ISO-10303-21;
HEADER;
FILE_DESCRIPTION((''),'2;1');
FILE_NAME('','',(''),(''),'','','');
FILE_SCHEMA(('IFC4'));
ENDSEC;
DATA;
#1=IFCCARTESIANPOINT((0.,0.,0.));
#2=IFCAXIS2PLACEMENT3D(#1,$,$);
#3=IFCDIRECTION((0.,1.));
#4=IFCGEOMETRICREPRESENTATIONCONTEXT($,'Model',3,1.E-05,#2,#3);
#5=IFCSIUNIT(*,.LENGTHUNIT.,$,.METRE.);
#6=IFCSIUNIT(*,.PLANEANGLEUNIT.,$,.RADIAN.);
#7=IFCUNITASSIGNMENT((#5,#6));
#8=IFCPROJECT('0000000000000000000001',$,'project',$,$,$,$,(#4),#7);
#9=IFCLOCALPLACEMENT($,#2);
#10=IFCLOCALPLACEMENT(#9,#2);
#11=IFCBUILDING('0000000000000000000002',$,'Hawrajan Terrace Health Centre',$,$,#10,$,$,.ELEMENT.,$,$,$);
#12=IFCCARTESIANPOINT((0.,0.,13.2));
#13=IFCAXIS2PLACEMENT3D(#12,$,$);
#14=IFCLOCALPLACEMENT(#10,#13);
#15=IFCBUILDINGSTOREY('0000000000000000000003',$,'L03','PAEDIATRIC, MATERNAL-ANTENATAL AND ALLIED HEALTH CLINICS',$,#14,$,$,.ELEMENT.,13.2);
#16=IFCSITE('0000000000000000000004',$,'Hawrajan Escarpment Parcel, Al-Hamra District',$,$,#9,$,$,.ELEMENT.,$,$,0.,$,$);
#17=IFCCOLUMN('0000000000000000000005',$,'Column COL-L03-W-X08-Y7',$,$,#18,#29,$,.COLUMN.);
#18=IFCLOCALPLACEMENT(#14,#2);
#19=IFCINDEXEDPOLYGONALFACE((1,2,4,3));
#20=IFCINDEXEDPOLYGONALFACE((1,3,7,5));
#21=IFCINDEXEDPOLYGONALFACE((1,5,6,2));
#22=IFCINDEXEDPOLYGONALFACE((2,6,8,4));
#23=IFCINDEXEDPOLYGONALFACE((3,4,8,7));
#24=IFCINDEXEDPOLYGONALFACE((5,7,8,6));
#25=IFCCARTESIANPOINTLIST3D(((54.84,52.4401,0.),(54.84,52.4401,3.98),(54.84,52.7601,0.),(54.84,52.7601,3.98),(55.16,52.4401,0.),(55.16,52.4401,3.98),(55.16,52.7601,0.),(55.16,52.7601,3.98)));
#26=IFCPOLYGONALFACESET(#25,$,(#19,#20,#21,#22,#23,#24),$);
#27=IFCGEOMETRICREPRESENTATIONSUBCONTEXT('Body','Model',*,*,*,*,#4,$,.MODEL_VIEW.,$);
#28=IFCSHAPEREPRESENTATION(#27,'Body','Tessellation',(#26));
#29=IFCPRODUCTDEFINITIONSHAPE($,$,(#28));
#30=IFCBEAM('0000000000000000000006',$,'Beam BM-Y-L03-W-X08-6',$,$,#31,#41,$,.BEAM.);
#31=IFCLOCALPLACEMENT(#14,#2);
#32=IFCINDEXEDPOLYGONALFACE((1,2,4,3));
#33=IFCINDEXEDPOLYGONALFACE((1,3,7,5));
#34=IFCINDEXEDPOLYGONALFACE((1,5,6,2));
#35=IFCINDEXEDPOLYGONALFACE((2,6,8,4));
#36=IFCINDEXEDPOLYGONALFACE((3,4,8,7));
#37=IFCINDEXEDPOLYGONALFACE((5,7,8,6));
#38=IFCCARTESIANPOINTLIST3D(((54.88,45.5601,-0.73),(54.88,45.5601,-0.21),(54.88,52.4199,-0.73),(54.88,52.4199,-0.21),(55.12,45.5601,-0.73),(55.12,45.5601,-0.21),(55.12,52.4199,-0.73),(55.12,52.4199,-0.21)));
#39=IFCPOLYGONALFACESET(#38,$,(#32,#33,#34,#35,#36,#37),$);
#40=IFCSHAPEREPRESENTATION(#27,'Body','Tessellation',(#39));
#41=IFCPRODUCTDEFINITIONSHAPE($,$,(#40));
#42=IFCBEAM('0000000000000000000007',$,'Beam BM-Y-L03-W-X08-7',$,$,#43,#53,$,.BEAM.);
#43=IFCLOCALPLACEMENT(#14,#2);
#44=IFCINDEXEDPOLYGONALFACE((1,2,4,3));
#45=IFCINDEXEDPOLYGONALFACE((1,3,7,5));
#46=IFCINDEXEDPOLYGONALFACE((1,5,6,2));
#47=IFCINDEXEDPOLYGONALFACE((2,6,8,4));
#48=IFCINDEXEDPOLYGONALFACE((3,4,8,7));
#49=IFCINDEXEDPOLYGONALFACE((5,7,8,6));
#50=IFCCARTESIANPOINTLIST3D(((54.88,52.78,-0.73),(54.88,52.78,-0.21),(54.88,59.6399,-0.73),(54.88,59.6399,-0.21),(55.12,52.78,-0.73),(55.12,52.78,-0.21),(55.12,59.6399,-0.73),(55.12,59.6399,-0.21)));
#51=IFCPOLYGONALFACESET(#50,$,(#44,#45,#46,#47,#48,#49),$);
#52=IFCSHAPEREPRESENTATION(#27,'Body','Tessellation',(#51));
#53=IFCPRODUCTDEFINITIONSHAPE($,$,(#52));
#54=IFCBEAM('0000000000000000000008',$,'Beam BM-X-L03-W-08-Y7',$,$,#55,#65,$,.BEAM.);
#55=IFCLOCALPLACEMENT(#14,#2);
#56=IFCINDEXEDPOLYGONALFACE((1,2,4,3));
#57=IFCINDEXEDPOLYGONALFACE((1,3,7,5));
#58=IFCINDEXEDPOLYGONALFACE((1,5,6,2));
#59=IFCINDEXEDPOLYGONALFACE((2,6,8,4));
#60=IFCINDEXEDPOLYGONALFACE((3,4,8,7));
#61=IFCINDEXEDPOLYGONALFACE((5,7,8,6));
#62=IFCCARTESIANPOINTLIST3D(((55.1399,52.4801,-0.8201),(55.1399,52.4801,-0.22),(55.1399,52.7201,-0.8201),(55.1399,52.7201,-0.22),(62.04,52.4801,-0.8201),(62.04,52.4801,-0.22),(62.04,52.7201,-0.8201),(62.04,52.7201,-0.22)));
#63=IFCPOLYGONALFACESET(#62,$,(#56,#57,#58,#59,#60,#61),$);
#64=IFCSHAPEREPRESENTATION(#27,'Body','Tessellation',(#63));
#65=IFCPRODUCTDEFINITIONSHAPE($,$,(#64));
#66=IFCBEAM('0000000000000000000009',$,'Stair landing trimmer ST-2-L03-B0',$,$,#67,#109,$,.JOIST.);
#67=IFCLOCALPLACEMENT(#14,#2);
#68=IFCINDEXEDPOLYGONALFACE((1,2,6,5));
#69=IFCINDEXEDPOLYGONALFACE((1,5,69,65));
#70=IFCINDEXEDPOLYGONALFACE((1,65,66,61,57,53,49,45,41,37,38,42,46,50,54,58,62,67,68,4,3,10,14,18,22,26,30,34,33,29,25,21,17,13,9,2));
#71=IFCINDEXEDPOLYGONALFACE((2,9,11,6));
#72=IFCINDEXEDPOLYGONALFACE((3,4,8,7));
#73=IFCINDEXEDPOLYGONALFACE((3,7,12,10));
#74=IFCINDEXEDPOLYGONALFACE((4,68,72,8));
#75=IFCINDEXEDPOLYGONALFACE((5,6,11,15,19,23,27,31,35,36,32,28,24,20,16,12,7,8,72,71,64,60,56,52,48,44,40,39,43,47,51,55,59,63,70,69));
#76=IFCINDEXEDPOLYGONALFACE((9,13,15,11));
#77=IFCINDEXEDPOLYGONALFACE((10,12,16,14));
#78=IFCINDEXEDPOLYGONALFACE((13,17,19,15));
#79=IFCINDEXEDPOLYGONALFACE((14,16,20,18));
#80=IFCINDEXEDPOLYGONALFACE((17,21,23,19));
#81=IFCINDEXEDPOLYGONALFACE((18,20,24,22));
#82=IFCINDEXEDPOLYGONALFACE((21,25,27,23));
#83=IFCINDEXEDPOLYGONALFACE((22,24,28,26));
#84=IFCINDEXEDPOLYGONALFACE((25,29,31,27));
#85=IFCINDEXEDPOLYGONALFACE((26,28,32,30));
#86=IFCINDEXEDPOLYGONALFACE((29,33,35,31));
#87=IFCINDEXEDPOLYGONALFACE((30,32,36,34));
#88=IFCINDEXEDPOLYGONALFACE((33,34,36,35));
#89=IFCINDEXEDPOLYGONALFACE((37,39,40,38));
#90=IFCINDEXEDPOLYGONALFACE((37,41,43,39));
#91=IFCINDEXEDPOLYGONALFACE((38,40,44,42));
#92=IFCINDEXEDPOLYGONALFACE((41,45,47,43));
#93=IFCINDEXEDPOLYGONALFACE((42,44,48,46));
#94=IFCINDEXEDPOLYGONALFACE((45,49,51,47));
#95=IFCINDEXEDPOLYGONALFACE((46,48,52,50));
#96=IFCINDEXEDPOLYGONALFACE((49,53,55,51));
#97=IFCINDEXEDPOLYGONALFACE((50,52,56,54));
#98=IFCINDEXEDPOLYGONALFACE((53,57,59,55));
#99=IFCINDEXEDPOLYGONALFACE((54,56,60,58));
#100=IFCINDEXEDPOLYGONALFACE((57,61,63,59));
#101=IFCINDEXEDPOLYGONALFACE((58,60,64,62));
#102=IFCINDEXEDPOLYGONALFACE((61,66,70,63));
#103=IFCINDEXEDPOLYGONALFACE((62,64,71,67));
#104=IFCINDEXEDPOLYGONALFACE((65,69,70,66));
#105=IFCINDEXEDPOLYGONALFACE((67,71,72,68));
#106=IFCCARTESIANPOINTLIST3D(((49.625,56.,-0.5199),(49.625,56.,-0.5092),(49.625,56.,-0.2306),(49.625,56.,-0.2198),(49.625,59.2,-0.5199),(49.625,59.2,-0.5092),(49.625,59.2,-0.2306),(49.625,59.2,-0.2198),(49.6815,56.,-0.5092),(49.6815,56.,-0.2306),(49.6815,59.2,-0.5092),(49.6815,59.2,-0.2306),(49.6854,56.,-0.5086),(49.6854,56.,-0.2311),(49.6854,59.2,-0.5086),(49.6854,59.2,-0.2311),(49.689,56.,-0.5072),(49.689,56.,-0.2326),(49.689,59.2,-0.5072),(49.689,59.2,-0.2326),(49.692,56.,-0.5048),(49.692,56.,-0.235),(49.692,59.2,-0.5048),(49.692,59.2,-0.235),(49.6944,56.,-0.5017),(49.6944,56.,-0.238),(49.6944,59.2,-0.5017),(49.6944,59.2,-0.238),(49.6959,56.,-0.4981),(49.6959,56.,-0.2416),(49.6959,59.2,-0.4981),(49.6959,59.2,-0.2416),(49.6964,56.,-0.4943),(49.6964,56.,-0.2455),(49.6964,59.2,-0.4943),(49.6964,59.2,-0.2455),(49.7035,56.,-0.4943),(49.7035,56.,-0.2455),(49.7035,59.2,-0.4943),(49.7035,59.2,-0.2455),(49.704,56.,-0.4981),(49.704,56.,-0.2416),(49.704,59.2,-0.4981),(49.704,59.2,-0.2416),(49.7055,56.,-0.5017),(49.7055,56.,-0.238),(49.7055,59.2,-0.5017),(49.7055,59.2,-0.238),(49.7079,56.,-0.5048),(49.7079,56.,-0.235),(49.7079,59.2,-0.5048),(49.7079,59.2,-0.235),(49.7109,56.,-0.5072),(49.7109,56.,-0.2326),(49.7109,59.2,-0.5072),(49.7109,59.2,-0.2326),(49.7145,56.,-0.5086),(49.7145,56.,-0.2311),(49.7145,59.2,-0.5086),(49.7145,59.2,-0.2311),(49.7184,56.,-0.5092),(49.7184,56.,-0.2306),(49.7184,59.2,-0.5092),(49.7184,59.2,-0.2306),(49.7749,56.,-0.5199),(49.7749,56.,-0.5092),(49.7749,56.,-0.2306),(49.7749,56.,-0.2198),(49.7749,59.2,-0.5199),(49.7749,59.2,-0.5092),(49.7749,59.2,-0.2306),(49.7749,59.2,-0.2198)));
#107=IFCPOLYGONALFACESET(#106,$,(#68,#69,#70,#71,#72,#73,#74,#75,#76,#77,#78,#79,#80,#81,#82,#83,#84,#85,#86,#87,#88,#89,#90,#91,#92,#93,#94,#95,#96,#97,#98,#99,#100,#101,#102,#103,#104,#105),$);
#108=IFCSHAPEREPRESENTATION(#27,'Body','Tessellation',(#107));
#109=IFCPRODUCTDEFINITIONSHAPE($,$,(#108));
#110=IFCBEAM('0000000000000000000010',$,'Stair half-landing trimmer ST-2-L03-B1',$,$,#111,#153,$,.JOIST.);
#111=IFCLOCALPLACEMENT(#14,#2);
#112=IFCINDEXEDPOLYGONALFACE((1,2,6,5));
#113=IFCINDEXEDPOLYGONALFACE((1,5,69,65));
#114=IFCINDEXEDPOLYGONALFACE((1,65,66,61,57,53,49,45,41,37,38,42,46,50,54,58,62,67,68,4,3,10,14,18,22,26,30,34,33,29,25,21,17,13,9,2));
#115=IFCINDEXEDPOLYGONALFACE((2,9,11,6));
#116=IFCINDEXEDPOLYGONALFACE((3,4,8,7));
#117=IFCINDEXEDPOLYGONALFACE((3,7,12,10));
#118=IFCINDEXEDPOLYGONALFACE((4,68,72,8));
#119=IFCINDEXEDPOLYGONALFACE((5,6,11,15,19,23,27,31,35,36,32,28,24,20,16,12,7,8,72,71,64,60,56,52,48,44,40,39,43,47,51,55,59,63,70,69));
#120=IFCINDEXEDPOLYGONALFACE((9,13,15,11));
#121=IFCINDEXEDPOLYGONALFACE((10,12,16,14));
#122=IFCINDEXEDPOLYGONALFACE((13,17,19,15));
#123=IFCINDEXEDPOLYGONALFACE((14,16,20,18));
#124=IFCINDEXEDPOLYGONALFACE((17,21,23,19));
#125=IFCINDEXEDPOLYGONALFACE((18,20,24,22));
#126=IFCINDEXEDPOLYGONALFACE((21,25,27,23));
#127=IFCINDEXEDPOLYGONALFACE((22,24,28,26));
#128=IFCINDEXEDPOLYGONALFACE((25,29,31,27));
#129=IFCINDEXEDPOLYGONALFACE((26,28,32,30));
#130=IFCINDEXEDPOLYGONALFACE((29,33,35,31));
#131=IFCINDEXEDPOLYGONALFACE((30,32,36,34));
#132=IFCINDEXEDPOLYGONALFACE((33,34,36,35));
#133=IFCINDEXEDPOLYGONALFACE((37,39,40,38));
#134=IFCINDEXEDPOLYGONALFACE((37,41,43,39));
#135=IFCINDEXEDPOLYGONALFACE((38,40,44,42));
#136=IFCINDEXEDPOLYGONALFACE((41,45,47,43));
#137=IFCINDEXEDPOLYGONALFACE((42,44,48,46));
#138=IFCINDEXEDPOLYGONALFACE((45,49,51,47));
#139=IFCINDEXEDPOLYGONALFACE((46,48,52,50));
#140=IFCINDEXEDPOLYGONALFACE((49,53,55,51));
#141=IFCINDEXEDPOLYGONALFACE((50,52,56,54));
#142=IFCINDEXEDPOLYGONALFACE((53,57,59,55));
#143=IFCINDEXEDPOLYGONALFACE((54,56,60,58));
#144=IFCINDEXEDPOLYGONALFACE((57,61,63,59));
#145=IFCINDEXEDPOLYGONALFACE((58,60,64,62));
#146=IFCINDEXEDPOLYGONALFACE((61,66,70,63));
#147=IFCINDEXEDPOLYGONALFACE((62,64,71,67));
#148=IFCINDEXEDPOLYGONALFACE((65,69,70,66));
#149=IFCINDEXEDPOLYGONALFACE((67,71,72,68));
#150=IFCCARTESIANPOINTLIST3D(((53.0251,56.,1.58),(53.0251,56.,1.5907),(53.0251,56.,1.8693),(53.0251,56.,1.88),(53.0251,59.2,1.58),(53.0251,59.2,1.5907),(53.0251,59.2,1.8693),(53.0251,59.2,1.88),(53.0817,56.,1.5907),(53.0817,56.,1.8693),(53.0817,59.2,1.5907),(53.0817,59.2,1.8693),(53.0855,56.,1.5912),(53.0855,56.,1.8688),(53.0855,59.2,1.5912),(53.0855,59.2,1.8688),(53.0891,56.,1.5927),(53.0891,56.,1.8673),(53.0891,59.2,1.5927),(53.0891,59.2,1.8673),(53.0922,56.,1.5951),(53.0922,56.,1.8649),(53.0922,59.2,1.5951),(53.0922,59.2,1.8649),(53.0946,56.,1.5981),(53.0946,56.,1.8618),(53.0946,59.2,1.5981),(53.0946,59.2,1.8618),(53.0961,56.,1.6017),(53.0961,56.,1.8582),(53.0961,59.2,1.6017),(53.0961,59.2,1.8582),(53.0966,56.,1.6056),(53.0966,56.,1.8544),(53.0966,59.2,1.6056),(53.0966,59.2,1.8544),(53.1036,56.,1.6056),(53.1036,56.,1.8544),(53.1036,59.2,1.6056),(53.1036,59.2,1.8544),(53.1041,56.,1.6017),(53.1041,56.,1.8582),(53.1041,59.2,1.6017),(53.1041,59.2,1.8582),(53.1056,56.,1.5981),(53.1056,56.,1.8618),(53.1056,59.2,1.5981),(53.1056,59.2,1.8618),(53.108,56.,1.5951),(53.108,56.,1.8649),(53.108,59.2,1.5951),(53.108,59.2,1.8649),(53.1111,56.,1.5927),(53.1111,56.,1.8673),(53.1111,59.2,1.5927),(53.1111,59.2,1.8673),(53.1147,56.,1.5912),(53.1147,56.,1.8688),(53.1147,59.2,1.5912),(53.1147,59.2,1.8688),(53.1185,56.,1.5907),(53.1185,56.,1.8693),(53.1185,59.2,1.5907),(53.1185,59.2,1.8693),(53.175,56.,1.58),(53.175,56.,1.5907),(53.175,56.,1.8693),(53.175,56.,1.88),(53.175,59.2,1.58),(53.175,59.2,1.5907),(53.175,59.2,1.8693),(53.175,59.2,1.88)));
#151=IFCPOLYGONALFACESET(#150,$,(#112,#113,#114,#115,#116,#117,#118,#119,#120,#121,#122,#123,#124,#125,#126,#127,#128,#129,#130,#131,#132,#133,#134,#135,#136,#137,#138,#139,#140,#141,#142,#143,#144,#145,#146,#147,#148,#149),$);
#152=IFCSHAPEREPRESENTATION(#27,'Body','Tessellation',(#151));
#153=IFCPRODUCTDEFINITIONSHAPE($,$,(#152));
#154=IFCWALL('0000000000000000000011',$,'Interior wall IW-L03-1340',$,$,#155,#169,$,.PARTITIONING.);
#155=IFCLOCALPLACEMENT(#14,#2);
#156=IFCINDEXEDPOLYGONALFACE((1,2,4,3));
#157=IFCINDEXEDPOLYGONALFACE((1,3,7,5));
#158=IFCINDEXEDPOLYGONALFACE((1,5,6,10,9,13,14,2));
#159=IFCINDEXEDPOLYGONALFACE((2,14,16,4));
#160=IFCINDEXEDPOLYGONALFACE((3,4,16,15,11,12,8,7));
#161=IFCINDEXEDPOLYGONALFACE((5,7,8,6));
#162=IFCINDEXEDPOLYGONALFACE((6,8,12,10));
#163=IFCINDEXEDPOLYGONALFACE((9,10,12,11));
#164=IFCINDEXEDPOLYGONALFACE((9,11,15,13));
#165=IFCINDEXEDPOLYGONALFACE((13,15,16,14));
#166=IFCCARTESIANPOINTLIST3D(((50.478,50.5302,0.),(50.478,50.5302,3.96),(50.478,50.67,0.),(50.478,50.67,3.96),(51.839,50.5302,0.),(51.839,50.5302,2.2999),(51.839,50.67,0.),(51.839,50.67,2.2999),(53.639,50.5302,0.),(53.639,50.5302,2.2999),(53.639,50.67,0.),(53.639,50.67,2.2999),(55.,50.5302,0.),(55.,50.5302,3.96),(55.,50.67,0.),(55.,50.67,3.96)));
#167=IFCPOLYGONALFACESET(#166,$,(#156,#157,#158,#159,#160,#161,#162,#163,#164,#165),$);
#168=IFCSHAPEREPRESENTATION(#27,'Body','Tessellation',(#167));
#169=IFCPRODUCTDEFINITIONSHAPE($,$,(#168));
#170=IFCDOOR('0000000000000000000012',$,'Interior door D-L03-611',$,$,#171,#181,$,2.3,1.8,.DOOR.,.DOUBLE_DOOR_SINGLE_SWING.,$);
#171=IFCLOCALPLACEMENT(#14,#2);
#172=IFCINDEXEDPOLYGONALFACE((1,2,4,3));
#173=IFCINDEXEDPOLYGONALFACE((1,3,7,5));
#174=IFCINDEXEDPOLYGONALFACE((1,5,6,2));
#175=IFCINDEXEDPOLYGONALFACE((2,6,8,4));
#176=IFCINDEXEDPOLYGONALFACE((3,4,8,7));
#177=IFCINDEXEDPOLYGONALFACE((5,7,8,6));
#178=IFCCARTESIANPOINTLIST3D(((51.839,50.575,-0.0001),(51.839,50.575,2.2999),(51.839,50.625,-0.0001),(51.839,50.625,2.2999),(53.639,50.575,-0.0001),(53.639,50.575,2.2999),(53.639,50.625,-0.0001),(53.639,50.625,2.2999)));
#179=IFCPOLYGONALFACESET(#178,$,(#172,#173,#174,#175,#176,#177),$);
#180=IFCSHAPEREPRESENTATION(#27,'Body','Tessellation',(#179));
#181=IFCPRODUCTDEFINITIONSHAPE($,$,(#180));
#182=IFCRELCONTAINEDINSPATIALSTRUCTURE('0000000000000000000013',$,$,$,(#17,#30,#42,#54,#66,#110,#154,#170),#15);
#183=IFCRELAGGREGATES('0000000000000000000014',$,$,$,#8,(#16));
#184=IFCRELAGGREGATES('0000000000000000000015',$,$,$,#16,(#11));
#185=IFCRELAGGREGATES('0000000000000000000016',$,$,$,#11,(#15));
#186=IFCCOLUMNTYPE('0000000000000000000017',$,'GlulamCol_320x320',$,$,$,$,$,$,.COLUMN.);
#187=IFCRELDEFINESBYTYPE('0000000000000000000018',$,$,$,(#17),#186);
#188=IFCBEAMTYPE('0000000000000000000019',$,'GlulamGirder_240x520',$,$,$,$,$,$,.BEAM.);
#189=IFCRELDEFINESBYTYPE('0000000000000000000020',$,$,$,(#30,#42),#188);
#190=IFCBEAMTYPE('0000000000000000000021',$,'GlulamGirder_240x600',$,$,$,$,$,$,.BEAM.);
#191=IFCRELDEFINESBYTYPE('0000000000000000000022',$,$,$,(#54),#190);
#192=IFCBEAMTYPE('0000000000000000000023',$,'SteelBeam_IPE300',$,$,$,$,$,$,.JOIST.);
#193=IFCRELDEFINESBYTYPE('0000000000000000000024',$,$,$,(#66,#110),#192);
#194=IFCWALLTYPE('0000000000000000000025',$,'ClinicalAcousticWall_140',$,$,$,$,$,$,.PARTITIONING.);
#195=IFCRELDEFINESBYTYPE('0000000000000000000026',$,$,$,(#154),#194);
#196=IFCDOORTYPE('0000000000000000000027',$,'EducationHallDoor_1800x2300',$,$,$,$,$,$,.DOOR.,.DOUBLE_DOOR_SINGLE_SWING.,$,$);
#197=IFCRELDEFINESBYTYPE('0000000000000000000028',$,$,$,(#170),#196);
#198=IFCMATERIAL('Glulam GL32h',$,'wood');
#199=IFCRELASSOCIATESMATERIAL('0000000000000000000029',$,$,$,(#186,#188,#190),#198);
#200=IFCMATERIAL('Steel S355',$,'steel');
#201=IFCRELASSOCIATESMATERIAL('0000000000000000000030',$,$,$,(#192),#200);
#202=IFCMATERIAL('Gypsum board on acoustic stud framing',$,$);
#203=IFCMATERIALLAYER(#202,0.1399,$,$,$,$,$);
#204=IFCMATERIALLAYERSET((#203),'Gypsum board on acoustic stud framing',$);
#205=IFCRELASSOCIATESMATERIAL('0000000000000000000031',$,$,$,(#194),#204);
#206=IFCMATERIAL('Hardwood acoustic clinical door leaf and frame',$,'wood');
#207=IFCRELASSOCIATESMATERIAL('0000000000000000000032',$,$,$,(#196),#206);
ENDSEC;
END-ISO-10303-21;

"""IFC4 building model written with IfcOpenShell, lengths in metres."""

from ifc_helpers import new_model, si_unit, direction, frame, frame_2d, origin, origin_2d, place, context, subcontext, project, spatial, rectangle, i_section, extrude, material, layer, layer_set, material_profile, profile_set, type_object, element, fill, save


model = new_model("IFC4")

# Units and contexts
model_context = context("Model", 3, precision=1e-05, world=origin(), true_north=direction((0.0, 1.0)))
body_context = subcontext(model_context, "Body", "Model", "MODEL_VIEW")
ifc_project = project(units=[si_unit("LENGTHUNIT", "METRE"), si_unit("PLANEANGLEUNIT", "RADIAN")], contexts=[model_context])

# Site, building, storey
site_placement = place(None, origin())
site = spatial("IfcSite", under=ifc_project, at=site_placement, Name="Hawrajan Escarpment Parcel, Al-Hamra District", CompositionType="ELEMENT", RefElevation=0.0)
building_placement = place(site_placement, origin())
building = spatial("IfcBuilding", under=site, at=building_placement, Name="Hawrajan Terrace Health Centre", CompositionType="ELEMENT")
storey_placement = place(building_placement, frame((0.0, 0.0, 13.2)))
storey = spatial("IfcBuildingStorey", under=building, at=storey_placement, Name="L03", Description="PAEDIATRIC, MATERNAL-ANTENATAL AND ALLIED HEALTH CLINICS", CompositionType="ELEMENT", Elevation=13.2)

# Column
ifc_material_1 = material(Name="Glulam GL32h", Category="wood")
ifc_material_profile_1 = material_profile(ifc_material_1, rectangle(XDim=0.3201, YDim=0.3201, at=origin_2d()), Name="GL 320x320")
ifc_profile_set_1 = profile_set([ifc_material_profile_1], Name="Glulam GL32h")
column_type = type_object("IfcColumnType", Name="GlulamCol_320x320", PredefinedType="COLUMN", material=ifc_profile_set_1)
column_placement = place(storey_placement, frame((55.0, 52.6001, 0.0), z_axis=(0.0, 0.0, 1.0), x_axis=(1.0, 0.0, 0.0)))
element("IfcColumn", 1, at=column_placement, inside=storey, type_object=column_type, Name="Column COL-L03-W-X08-Y7", PredefinedType="COLUMN", context=body_context, shape_type="SweptSolid", body=[
    extrude(rectangle(XDim=0.3201, YDim=0.3201, at=origin_2d()), origin(), (0.0, 0.0, 1.0), 3.98),
])

# Beams
ifc_material_profile_2 = material_profile(ifc_material_1, rectangle(XDim=0.24, YDim=0.52, at=origin_2d()), Name="GL BM 240x520")
ifc_profile_set_2 = profile_set([ifc_material_profile_2], Name="Glulam GL32h")
beam_type_1 = type_object("IfcBeamType", Name="GlulamGirder_240x520", PredefinedType="BEAM", material=ifc_profile_set_2)
for number, where, z_axis, x_axis, name in (
    (2, (55.0, 45.5601, -0.47), (0.0, 1.0, 0.0), (-1.0, 0.0, 0.0), "Beam BM-Y-L03-W-X08-6"),
    (3, (55.0, 52.78, -0.47), (0.0, 1.0, 0.0), (-1.0, 0.0, 0.0), "Beam BM-Y-L03-W-X08-7"),
):
    element("IfcBeam", number, at=place(storey_placement, frame(where, z_axis=z_axis, x_axis=x_axis)), inside=storey, type_object=beam_type_1, Name=name, PredefinedType="BEAM", context=body_context, shape_type="SweptSolid", body=[
        extrude(rectangle(XDim=0.24, YDim=0.52, at=origin_2d()), origin(), (0.0, 0.0, 1.0), 6.8599),
    ])
ifc_material_profile_3 = material_profile(ifc_material_1, rectangle(XDim=0.24, YDim=0.6001, at=origin_2d()), Name="GL BM 240x600")
ifc_profile_set_3 = profile_set([ifc_material_profile_3], Name="Glulam GL32h")
beam_type_2 = type_object("IfcBeamType", Name="GlulamGirder_240x600", PredefinedType="BEAM", material=ifc_profile_set_3)
beam_placement = place(storey_placement, frame((55.1399, 52.6001, -0.52), z_axis=(1.0, 0.0, 0.0), x_axis=(0.0, 1.0, 0.0)))
element("IfcBeam", 4, at=beam_placement, inside=storey, type_object=beam_type_2, Name="Beam BM-X-L03-W-08-Y7", PredefinedType="BEAM", context=body_context, shape_type="SweptSolid", body=[
    extrude(rectangle(XDim=0.24, YDim=0.6001, at=origin_2d()), origin(), (0.0, 0.0, 1.0), 6.9001),
])
ifc_material_2 = material(Name="Steel S355", Category="steel")
ifc_material_profile_4 = material_profile(ifc_material_2, i_section(OverallWidth=0.1499, OverallDepth=0.3, WebThickness=0.0071, FlangeThickness=0.0107, FilletRadius=0.0149, at=origin_2d()), Name="IPE 300")
ifc_profile_set_4 = profile_set([ifc_material_profile_4], Name="Steel S355")
beam_type_3 = type_object("IfcBeamType", Name="SteelBeam_IPE300", PredefinedType="JOIST", material=ifc_profile_set_4)
for number, where, z_axis, x_axis, name in (
    (5, (49.7, 56.0, -0.3699), (0.0, 1.0, 0.0), (-1.0, 0.0, 0.0), "Stair landing trimmer ST-2-L03-B0"),
    (6, (53.1001, 56.0, 1.73), (0.0, 1.0, 0.0), (-1.0, 0.0, 0.0), "Stair half-landing trimmer ST-2-L03-B1"),
):
    element("IfcBeam", number, at=place(storey_placement, frame(where, z_axis=z_axis, x_axis=x_axis)), inside=storey, type_object=beam_type_3, Name=name, PredefinedType="JOIST", context=body_context, shape_type="SweptSolid", body=[
        extrude(i_section(OverallWidth=0.1499, OverallDepth=0.3, WebThickness=0.0071, FlangeThickness=0.0107, FilletRadius=0.0149, at=origin_2d()), origin(), (0.0, 0.0, 1.0), 3.2),
    ])

# Wall, opening, door
ifc_material_3 = material(Name="Gypsum board on acoustic stud framing")
ifc_layer_1 = layer(ifc_material_3, 0.1399)
ifc_layer_set_1 = layer_set([ifc_layer_1], Name="Gypsum board on acoustic stud framing")
wall_type_1 = type_object("IfcWallType", Name="ClinicalAcousticWall_140", PredefinedType="PARTITIONING", material=ifc_layer_set_1)
wall_1_placement = place(storey_placement, frame((50.478, 50.6001, 0.0), z_axis=(0.0, 0.0, 1.0), x_axis=(1.0, 0.0, 0.0)))
wall_1 = element("IfcWall", 7, at=wall_1_placement, inside=storey, type_object=wall_type_1, Name="Interior wall IW-L03-1340", PredefinedType="PARTITIONING", context=body_context, shape_type="SweptSolid", body=[
    extrude(rectangle(XDim=4.522, YDim=0.1399, at=frame_2d((2.261, 0.0))), origin(), (0.0, 0.0, 1.0), 3.96),
])
opening_1_placement = place(wall_1_placement, frame((1.3611, 0.0, 0.0)))
opening_1 = element("IfcOpeningElement", 8, at=opening_1_placement, cuts=wall_1, PredefinedType="OPENING", context=body_context, shape_type="SweptSolid", body=[
    extrude(rectangle(XDim=1.8, YDim=2.3, at=frame_2d((0.8999, 1.1499))), frame((0.0, 0.0798, 0.0), z_axis=(0.0, -1.0, 0.0), x_axis=(1.0, 0.0, 0.0)), (0.0, 0.0, 1.0), 0.1599),
])
ifc_material_4 = material(Name="Hardwood acoustic clinical door leaf and frame", Category="wood")
door_type_1 = type_object("IfcDoorType", Name="EducationHallDoor_1800x2300", OperationType="DOUBLE_DOOR_SINGLE_SWING", PredefinedType="DOOR", material=ifc_material_4)
door_1_placement = place(opening_1_placement, origin())
door_1 = element("IfcDoor", 9, at=door_1_placement, inside=storey, type_object=door_type_1, Name="Interior door D-L03-611", OperationType="DOUBLE_DOOR_SINGLE_SWING", OverallHeight=2.3, OverallWidth=1.8, PredefinedType="DOOR", context=body_context, shape_type="SweptSolid", body=[
    extrude(rectangle(XDim=1.8, YDim=2.3, at=frame_2d((0.8999, 1.1499))), frame((0.0, 0.0249, 0.0), z_axis=(0.0, -1.0, 0.0), x_axis=(1.0, 0.0, 0.0)), (0.0, 0.0, 1.0), 0.05),
])
fill(opening_1, door_1)

save(model, "model.ifc")
